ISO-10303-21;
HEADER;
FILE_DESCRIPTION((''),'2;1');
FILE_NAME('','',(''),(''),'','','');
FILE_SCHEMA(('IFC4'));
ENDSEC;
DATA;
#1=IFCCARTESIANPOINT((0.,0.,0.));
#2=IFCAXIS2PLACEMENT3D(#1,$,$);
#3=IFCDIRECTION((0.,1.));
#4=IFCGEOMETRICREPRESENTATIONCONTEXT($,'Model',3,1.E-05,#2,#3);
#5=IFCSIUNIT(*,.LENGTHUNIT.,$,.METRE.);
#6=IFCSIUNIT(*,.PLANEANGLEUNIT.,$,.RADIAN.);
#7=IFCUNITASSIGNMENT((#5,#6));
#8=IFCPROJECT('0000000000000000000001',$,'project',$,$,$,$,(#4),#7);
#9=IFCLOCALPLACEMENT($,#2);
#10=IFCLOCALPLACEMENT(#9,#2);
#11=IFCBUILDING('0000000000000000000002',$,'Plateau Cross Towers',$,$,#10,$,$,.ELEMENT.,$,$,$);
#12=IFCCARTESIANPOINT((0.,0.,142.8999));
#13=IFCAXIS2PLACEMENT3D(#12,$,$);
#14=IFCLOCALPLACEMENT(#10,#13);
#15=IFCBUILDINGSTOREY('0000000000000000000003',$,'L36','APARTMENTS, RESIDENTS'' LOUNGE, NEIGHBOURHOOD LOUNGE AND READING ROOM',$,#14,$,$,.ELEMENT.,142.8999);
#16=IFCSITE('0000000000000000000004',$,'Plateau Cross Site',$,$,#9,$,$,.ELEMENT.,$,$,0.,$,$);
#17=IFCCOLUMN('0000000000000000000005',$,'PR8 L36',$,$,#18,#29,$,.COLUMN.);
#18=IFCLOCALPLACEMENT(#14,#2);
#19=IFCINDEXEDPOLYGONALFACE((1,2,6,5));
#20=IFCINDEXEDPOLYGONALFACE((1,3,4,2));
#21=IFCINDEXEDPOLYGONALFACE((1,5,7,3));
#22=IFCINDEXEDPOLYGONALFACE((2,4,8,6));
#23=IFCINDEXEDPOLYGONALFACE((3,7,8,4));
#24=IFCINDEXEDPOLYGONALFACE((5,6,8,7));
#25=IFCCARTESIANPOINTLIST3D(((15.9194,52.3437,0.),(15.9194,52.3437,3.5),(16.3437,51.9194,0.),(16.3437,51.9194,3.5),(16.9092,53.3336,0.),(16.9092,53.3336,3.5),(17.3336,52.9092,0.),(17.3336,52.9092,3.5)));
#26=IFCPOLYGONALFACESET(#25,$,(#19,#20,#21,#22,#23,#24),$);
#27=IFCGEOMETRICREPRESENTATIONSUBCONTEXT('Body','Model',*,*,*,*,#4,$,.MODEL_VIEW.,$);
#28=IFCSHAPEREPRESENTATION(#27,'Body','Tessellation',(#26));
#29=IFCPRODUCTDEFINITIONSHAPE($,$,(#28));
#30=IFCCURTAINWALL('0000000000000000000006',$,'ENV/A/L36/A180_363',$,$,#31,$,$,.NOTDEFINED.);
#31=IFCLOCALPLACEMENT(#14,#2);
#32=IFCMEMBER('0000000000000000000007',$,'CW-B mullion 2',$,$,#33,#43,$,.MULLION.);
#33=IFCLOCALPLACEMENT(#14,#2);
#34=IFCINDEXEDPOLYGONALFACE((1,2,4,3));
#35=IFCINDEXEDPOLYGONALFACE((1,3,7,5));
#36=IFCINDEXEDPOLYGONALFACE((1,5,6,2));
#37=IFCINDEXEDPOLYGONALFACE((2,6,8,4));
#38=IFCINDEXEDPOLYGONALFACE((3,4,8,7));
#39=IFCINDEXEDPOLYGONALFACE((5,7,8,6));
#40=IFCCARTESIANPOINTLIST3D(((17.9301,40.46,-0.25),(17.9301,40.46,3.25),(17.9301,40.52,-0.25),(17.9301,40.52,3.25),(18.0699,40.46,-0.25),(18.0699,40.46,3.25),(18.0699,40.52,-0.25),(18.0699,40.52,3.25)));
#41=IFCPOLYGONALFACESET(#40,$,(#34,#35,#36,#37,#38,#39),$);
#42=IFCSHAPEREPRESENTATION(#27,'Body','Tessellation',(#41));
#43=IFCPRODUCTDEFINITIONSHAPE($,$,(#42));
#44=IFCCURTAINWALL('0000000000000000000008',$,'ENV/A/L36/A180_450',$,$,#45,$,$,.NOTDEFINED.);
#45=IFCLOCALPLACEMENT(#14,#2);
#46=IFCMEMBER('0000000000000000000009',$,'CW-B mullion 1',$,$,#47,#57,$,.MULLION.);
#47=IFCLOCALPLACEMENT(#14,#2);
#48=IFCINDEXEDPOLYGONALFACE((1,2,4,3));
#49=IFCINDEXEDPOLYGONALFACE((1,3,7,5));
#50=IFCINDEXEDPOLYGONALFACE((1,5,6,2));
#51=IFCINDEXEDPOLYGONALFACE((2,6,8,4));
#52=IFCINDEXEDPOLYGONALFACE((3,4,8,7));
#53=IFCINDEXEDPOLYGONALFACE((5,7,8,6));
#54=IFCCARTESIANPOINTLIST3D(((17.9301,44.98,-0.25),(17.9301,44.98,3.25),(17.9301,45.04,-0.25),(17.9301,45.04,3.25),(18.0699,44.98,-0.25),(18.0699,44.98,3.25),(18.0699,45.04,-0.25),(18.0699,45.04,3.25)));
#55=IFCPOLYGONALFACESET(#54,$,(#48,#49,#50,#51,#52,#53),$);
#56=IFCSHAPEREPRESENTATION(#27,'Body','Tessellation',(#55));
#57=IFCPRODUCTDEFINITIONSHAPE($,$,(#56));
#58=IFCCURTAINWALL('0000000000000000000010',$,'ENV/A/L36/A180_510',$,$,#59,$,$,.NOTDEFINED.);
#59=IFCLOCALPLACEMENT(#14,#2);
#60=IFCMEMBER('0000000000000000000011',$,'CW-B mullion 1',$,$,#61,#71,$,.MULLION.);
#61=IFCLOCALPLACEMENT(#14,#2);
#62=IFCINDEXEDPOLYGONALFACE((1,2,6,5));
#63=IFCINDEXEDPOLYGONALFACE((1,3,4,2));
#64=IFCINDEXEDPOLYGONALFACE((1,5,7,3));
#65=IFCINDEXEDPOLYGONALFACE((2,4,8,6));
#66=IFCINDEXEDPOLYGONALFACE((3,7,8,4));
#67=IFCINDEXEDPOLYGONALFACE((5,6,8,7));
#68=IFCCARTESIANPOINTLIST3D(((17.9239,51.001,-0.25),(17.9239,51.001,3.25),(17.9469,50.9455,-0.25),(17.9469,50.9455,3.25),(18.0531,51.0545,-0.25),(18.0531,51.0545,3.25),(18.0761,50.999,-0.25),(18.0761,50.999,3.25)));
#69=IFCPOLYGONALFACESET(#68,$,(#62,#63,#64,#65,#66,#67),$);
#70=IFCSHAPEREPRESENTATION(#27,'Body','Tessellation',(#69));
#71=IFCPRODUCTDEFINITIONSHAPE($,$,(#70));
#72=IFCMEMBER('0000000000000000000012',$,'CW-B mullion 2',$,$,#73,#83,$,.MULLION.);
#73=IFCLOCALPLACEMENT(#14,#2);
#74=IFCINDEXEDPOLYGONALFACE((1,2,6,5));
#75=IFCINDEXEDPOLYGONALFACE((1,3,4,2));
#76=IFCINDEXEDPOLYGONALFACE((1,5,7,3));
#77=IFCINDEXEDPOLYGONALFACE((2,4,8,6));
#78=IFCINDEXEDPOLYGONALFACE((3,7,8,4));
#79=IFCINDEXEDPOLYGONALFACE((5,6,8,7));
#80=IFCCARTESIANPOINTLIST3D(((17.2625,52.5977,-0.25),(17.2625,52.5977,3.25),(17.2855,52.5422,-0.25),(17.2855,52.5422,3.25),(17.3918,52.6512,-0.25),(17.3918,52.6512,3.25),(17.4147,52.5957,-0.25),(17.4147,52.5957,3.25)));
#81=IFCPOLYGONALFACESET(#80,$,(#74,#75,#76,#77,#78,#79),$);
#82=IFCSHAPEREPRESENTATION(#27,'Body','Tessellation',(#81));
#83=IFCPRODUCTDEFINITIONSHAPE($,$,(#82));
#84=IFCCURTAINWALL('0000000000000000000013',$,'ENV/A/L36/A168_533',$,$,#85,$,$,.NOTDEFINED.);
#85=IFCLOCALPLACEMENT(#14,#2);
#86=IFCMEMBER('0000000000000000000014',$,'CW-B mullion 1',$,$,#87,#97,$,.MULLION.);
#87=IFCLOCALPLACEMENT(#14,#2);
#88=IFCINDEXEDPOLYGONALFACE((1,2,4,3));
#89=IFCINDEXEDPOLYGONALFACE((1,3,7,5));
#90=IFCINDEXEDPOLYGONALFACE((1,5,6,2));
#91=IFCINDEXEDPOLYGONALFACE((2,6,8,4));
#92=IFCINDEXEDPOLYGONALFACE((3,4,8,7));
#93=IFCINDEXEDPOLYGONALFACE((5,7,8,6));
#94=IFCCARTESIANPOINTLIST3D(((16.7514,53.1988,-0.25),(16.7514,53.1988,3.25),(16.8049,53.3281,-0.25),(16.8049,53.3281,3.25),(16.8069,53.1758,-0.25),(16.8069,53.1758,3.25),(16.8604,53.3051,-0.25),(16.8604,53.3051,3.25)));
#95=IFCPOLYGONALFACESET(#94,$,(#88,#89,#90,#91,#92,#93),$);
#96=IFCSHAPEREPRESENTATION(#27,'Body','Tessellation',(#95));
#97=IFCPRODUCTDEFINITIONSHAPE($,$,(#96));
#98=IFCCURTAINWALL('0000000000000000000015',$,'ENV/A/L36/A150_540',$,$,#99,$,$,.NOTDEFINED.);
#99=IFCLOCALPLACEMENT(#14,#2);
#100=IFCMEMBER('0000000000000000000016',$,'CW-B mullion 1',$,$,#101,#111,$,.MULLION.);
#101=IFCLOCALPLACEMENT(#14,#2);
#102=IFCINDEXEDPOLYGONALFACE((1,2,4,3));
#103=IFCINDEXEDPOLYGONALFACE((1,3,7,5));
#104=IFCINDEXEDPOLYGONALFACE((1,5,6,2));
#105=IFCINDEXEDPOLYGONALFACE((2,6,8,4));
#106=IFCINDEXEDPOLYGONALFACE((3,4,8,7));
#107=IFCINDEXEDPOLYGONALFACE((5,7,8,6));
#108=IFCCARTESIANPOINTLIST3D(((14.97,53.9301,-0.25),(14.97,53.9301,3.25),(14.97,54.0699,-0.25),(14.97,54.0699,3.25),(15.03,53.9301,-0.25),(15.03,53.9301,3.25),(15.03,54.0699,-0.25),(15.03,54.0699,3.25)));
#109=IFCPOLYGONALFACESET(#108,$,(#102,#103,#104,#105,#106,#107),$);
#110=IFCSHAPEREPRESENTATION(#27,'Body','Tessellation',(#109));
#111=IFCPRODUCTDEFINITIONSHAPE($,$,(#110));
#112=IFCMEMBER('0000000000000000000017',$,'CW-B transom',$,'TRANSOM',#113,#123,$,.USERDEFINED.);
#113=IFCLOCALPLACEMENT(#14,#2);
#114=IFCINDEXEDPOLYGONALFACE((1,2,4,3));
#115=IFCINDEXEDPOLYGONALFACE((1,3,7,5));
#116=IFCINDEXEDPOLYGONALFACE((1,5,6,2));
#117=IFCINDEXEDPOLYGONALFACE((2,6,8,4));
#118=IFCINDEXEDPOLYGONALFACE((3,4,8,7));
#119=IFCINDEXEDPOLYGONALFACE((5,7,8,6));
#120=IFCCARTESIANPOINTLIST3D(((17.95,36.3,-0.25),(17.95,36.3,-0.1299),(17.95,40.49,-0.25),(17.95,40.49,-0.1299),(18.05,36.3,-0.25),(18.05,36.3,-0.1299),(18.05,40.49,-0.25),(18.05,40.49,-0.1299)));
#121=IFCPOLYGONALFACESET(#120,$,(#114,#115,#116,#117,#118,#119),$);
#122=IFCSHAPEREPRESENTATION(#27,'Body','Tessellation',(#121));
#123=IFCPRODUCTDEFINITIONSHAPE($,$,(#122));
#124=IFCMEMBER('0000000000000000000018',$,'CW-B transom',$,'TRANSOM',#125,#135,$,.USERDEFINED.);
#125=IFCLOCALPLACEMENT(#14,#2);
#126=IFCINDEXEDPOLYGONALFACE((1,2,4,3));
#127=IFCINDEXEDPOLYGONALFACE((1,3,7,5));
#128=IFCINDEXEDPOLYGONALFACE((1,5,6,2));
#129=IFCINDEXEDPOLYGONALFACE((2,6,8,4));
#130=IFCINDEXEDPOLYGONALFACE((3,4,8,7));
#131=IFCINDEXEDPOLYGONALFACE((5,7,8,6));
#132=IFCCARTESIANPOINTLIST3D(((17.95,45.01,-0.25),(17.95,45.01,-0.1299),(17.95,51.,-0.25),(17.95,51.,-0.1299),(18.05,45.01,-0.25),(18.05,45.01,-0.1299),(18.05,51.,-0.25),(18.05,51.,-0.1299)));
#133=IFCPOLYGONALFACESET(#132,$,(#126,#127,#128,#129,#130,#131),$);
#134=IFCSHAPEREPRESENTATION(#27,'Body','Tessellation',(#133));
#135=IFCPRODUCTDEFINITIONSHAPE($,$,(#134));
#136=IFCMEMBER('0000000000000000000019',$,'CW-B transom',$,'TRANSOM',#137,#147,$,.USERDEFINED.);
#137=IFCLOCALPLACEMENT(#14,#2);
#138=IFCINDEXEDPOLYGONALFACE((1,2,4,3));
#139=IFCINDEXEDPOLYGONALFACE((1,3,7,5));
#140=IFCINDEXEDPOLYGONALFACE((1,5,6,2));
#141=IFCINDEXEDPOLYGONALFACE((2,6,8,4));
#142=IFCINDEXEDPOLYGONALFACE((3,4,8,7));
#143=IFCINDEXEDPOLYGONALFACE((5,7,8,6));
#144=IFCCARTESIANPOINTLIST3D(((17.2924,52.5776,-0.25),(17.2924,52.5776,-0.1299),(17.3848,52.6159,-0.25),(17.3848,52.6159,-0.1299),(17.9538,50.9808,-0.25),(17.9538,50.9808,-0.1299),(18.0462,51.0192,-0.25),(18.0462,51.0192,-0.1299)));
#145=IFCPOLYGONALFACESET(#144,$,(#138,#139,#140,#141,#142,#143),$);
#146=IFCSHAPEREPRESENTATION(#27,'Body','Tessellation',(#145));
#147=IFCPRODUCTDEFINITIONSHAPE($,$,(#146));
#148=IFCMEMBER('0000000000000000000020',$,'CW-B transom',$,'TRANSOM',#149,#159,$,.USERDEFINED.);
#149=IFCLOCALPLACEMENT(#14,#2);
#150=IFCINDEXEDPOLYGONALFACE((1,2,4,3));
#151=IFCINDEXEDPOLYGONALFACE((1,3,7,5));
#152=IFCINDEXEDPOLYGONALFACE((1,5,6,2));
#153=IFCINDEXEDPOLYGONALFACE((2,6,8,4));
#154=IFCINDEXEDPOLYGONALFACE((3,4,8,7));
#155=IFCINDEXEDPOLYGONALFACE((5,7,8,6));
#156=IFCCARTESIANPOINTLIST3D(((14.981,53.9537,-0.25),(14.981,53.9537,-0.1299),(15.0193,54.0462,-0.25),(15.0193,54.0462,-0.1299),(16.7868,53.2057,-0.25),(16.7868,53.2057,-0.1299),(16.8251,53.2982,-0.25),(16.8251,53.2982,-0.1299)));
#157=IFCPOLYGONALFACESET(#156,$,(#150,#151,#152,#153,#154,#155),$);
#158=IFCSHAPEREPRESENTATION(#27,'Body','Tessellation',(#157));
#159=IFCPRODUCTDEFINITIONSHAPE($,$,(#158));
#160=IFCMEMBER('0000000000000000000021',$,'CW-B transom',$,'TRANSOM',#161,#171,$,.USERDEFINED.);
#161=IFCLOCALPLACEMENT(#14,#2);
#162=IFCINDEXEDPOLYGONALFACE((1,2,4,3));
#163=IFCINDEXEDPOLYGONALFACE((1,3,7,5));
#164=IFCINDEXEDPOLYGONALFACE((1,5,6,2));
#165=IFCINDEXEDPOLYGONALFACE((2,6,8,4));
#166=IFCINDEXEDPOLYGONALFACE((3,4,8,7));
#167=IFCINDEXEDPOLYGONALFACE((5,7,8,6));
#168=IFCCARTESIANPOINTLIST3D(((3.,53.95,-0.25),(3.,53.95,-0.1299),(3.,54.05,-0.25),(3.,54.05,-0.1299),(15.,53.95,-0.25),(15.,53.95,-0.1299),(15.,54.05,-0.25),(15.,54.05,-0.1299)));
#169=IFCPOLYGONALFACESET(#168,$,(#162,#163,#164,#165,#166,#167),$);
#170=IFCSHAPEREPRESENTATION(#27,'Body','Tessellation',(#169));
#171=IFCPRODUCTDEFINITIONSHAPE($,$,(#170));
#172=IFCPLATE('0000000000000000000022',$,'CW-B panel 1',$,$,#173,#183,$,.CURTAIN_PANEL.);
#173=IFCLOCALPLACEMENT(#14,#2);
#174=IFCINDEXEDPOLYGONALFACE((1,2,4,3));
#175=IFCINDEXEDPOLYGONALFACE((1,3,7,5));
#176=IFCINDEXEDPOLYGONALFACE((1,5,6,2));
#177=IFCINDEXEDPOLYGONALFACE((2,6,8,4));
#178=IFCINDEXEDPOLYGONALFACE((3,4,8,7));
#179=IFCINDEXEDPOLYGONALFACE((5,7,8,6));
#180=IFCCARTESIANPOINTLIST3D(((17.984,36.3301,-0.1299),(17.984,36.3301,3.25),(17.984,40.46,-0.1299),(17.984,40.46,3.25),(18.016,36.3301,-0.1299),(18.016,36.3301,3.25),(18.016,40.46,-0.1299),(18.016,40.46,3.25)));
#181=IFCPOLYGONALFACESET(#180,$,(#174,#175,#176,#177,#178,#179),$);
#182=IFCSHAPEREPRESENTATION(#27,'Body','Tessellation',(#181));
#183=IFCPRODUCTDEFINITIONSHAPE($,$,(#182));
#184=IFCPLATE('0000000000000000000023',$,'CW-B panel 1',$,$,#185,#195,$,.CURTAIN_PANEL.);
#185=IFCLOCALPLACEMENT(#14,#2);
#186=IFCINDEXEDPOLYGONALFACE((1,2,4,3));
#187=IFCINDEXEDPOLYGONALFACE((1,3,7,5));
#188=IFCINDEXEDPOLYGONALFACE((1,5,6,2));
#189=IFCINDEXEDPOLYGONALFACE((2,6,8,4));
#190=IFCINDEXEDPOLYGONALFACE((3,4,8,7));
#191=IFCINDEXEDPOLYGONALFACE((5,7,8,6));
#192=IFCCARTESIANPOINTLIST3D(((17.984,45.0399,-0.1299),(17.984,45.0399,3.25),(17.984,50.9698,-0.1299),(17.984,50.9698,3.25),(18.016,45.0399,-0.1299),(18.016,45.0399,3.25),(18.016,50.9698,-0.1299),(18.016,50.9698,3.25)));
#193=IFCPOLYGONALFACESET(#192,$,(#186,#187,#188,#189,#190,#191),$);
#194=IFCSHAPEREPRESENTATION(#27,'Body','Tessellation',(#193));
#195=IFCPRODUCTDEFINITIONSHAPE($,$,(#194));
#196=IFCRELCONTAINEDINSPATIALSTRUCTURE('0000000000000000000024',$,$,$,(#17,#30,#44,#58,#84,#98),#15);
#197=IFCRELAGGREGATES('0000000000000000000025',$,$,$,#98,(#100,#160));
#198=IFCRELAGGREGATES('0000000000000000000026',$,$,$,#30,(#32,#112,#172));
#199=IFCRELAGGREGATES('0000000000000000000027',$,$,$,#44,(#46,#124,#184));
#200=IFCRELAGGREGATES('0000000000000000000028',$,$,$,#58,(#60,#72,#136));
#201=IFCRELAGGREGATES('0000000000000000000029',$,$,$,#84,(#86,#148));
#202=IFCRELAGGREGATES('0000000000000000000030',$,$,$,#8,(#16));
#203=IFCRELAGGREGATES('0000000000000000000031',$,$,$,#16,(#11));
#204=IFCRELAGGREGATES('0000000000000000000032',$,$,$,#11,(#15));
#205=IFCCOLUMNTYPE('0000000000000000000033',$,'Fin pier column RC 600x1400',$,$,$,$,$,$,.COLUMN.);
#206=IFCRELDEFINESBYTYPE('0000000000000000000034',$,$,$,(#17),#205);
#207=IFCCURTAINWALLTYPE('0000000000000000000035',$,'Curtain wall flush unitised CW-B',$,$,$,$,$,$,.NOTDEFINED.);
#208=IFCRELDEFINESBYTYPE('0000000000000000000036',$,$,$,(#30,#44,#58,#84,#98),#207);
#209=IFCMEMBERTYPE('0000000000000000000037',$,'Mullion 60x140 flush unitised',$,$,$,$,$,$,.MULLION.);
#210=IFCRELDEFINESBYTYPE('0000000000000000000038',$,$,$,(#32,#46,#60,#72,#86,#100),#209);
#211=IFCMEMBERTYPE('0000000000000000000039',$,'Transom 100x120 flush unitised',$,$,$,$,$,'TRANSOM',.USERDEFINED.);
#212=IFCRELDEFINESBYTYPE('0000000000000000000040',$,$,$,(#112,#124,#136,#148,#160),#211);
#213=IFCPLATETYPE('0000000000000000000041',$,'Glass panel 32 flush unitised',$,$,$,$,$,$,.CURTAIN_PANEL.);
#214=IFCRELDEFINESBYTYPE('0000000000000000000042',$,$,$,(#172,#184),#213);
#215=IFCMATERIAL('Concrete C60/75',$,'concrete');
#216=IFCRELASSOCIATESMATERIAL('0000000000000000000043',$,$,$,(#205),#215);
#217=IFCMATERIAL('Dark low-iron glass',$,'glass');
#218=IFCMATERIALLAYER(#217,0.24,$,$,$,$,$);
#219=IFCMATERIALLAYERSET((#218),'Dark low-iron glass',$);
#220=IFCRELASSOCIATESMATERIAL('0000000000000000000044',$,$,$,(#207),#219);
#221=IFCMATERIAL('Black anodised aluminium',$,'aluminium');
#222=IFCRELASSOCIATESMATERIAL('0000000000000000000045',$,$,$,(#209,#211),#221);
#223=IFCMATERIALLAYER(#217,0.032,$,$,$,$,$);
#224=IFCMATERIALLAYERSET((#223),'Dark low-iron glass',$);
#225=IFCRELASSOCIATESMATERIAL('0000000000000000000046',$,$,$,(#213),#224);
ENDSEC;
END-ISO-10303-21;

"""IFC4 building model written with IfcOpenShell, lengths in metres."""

from ifc_helpers import new_model, si_unit, direction, frame, origin, origin_2d, place, context, subcontext, project, spatial, rectangle, extrude, material, layer, layer_set, material_profile, profile_set, type_object, element, aggregate, save


model = new_model("IFC4")

# Units and contexts
model_context = context("Model", 3, precision=1e-05, world=origin(), true_north=direction((0.0, 1.0)))
body_context = subcontext(model_context, "Body", "Model", "MODEL_VIEW")
ifc_project = project(units=[si_unit("LENGTHUNIT", "METRE"), si_unit("PLANEANGLEUNIT", "RADIAN")], contexts=[model_context])

# Site, building, storey
site_placement = place(None, origin())
site = spatial("IfcSite", under=ifc_project, at=site_placement, Name="Plateau Cross Site", CompositionType="ELEMENT", RefElevation=0.0)
building_placement = place(site_placement, origin())
building = spatial("IfcBuilding", under=site, at=building_placement, Name="Plateau Cross Towers", CompositionType="ELEMENT")
storey_placement = place(building_placement, frame((0.0, 0.0, 142.8999)))
storey = spatial("IfcBuildingStorey", under=building, at=storey_placement, Name="L36", Description="APARTMENTS, RESIDENTS' LOUNGE, NEIGHBOURHOOD LOUNGE AND READING ROOM", CompositionType="ELEMENT", Elevation=142.8999)

# Column
ifc_material_1 = material(Name="Concrete C60/75", Category="concrete")
ifc_material_profile_1 = material_profile(ifc_material_1, rectangle(XDim=0.6001, YDim=1.3999, at=origin_2d()), Name="RC 600x1400")
ifc_profile_set_1 = profile_set([ifc_material_profile_1], Name="Concrete C60/75")
column_type = type_object("IfcColumnType", Name="Fin pier column RC 600x1400", PredefinedType="COLUMN", material=ifc_profile_set_1)
column_placement = place(storey_placement, frame((16.6265, 52.6265, 0.0), z_axis=(0.0, 0.0, 1.0), x_axis=(-0.707107, 0.707107, 0.0)))
element("IfcColumn", 1, at=column_placement, inside=storey, type_object=column_type, Name="PR8 L36", PredefinedType="COLUMN", context=body_context, shape_type="SweptSolid", body=[
    extrude(rectangle(XDim=0.6001, YDim=1.3999, at=origin_2d()), origin(), (0.0, 0.0, 1.0), 3.5),
])

# Curtain walls, members
ifc_material_2 = material(Name="Dark low-iron glass", Category="glass")
ifc_layer_1 = layer(ifc_material_2, 0.24)
ifc_layer_set_1 = layer_set([ifc_layer_1], Name="Dark low-iron glass")
curtain_wall_type = type_object("IfcCurtainWallType", Name="Curtain wall flush unitised CW-B", PredefinedType="NOTDEFINED", material=ifc_layer_set_1)
curtain_wall_1_placement = place(storey_placement, origin())
curtain_wall_1 = element("IfcCurtainWall", 2, at=curtain_wall_1_placement, inside=storey, type_object=curtain_wall_type, Name="ENV/A/L36/A180_363", PredefinedType="NOTDEFINED")
ifc_material_3 = material(Name="Black anodised aluminium", Category="aluminium")
ifc_material_profile_2 = material_profile(ifc_material_3, rectangle(XDim=0.0601, YDim=0.1399, at=origin_2d()), Name="MULLION 60x140")
ifc_profile_set_2 = profile_set([ifc_material_profile_2], Name="Black anodised aluminium")
member_type_1 = type_object("IfcMemberType", Name="Mullion 60x140 flush unitised", PredefinedType="MULLION", material=ifc_profile_set_2)
member_1_placement = place(storey_placement, frame((18.0, 40.49, -0.25), z_axis=(0.0, 0.0, 1.0), x_axis=(0.0, 1.0, 0.0)))
member_1 = element("IfcMember", 3, at=member_1_placement, type_object=member_type_1, Name="CW-B mullion 2", PredefinedType="MULLION", context=body_context, shape_type="SweptSolid", body=[
    extrude(rectangle(XDim=0.0601, YDim=0.1399, at=origin_2d()), origin(), (0.0, 0.0, 1.0), 3.5),
])
curtain_wall_2_placement = place(storey_placement, origin())
curtain_wall_2 = element("IfcCurtainWall", 4, at=curtain_wall_2_placement, inside=storey, type_object=curtain_wall_type, Name="ENV/A/L36/A180_450", PredefinedType="NOTDEFINED")
member_2_placement = place(storey_placement, frame((18.0, 45.01, -0.25), z_axis=(0.0, 0.0, 1.0), x_axis=(0.0, 1.0, 0.0)))
member_2 = element("IfcMember", 5, at=member_2_placement, type_object=member_type_1, Name="CW-B mullion 1", PredefinedType="MULLION", context=body_context, shape_type="SweptSolid", body=[
    extrude(rectangle(XDim=0.0601, YDim=0.1399, at=origin_2d()), origin(), (0.0, 0.0, 1.0), 3.5),
])

# Curtain wall, members
curtain_wall_3_placement = place(storey_placement, origin())
curtain_wall_3 = element("IfcCurtainWall", 6, at=curtain_wall_3_placement, inside=storey, type_object=curtain_wall_type, Name="ENV/A/L36/A180_510", PredefinedType="NOTDEFINED")
member_3_placement = place(storey_placement, frame((18.0, 51.0, -0.25), z_axis=(0.0, 0.0, 1.0), x_axis=(-0.382684, 0.923879, 0.0)))
member_3 = element("IfcMember", 7, at=member_3_placement, type_object=member_type_1, Name="CW-B mullion 1", PredefinedType="MULLION", context=body_context, shape_type="SweptSolid", body=[
    extrude(rectangle(XDim=0.0601, YDim=0.1399, at=origin_2d()), origin(), (0.0, 0.0, 1.0), 3.5),
])
member_4_placement = place(storey_placement, frame((17.3386, 52.5967, -0.25), z_axis=(0.0, 0.0, 1.0), x_axis=(-0.382684, 0.923879, 0.0)))
member_4 = element("IfcMember", 8, at=member_4_placement, type_object=member_type_1, Name="CW-B mullion 2", PredefinedType="MULLION", context=body_context, shape_type="SweptSolid", body=[
    extrude(rectangle(XDim=0.0601, YDim=0.1399, at=origin_2d()), origin(), (0.0, 0.0, 1.0), 3.5),
])

# Curtain walls, members
curtain_wall_4_placement = place(storey_placement, origin())
curtain_wall_4 = element("IfcCurtainWall", 9, at=curtain_wall_4_placement, inside=storey, type_object=curtain_wall_type, Name="ENV/A/L36/A168_533", PredefinedType="NOTDEFINED")
member_5_placement = place(storey_placement, frame((16.8059, 53.252, -0.25), z_axis=(0.0, 0.0, 1.0), x_axis=(-0.923879, 0.382684, 0.0)))
member_5 = element("IfcMember", 10, at=member_5_placement, type_object=member_type_1, Name="CW-B mullion 1", PredefinedType="MULLION", context=body_context, shape_type="SweptSolid", body=[
    extrude(rectangle(XDim=0.0601, YDim=0.1399, at=origin_2d()), origin(), (0.0, 0.0, 1.0), 3.5),
])
curtain_wall_5_placement = place(storey_placement, origin())
curtain_wall_5 = element("IfcCurtainWall", 11, at=curtain_wall_5_placement, inside=storey, type_object=curtain_wall_type, Name="ENV/A/L36/A150_540", PredefinedType="NOTDEFINED")
member_6_placement = place(storey_placement, frame((15.0, 54.0, -0.25), z_axis=(0.0, 0.0, 1.0), x_axis=(-1.0, 0.0, 0.0)))
member_6 = element("IfcMember", 12, at=member_6_placement, type_object=member_type_1, Name="CW-B mullion 1", PredefinedType="MULLION", context=body_context, shape_type="SweptSolid", body=[
    extrude(rectangle(XDim=0.0601, YDim=0.1399, at=origin_2d()), origin(), (0.0, 0.0, 1.0), 3.5),
])

# Members
ifc_material_profile_3 = material_profile(ifc_material_3, rectangle(XDim=0.1001, YDim=0.1201, at=origin_2d()), Name="TRANSOM 100x120")
ifc_profile_set_3 = profile_set([ifc_material_profile_3], Name="Black anodised aluminium")
member_type_2 = type_object("IfcMemberType", Name="Transom 100x120 flush unitised", ElementType="TRANSOM", PredefinedType="USERDEFINED", material=ifc_profile_set_3)
member_7_placement = place(storey_placement, frame((18.0, 36.3, -0.1899), z_axis=(0.0, 1.0, 0.0), x_axis=(-1.0, 0.0, 0.0)))
member_7 = element("IfcMember", 13, at=member_7_placement, type_object=member_type_2, Name="CW-B transom", ObjectType="TRANSOM", PredefinedType="USERDEFINED", context=body_context, shape_type="SweptSolid", body=[
    extrude(rectangle(XDim=0.1001, YDim=0.1201, at=origin_2d()), origin(), (0.0, 0.0, 1.0), 4.1899),
])
member_8_placement = place(storey_placement, frame((18.0, 45.01, -0.1899), z_axis=(0.0, 1.0, 0.0), x_axis=(-1.0, 0.0, 0.0)))
member_8 = element("IfcMember", 14, at=member_8_placement, type_object=member_type_2, Name="CW-B transom", ObjectType="TRANSOM", PredefinedType="USERDEFINED", context=body_context, shape_type="SweptSolid", body=[
    extrude(rectangle(XDim=0.1001, YDim=0.1201, at=origin_2d()), origin(), (0.0, 0.0, 1.0), 5.99),
])
member_9_placement = place(storey_placement, frame((18.0, 51.0, -0.1899), z_axis=(-0.382689, 0.923877, 0.0), x_axis=(-0.923877, -0.382689, 0.0)))
member_9 = element("IfcMember", 15, at=member_9_placement, type_object=member_type_2, Name="CW-B transom", ObjectType="TRANSOM", PredefinedType="USERDEFINED", context=body_context, shape_type="SweptSolid", body=[
    extrude(rectangle(XDim=0.1001, YDim=0.1201, at=origin_2d()), origin(), (0.0, 0.0, 1.0), 1.7283),
])
member_10_placement = place(storey_placement, frame((16.8059, 53.252, -0.1899), z_axis=(-0.923877, 0.38269, 0.0), x_axis=(-0.38269, -0.923877, 0.0)))
member_10 = element("IfcMember", 16, at=member_10_placement, type_object=member_type_2, Name="CW-B transom", ObjectType="TRANSOM", PredefinedType="USERDEFINED", context=body_context, shape_type="SweptSolid", body=[
    extrude(rectangle(XDim=0.1001, YDim=0.1201, at=origin_2d()), origin(), (0.0, 0.0, 1.0), 1.9546),
])
member_11_placement = place(storey_placement, frame((15.0, 54.0, -0.1899), z_axis=(-1.0, 0.0, 0.0), x_axis=(0.0, -1.0, 0.0)))
member_11 = element("IfcMember", 17, at=member_11_placement, type_object=member_type_2, Name="CW-B transom", ObjectType="TRANSOM", PredefinedType="USERDEFINED", context=body_context, shape_type="SweptSolid", body=[
    extrude(rectangle(XDim=0.1001, YDim=0.1201, at=origin_2d()), origin(), (0.0, 0.0, 1.0), 12.0),
])
aggregate(curtain_wall_5, [member_6, member_11])

# Plates
ifc_layer_2 = layer(ifc_material_2, 0.032)
ifc_layer_set_2 = layer_set([ifc_layer_2], Name="Dark low-iron glass")
plate_type = type_object("IfcPlateType", Name="Glass panel 32 flush unitised", PredefinedType="CURTAIN_PANEL", material=ifc_layer_set_2)
plate_1_placement = place(storey_placement, frame((18.0, 38.395, -0.1299), z_axis=(0.0, 0.0, 1.0), x_axis=(0.0, 1.0, 0.0)))
plate_1 = element("IfcPlate", 18, at=plate_1_placement, type_object=plate_type, Name="CW-B panel 1", PredefinedType="CURTAIN_PANEL", context=body_context, shape_type="SweptSolid", body=[
    extrude(rectangle(XDim=4.1299, YDim=0.032, at=origin_2d()), origin(), (0.0, 0.0, 1.0), 3.3799),
])
aggregate(curtain_wall_1, [member_1, member_7, plate_1])
plate_2_placement = place(storey_placement, frame((18.0, 48.0049, -0.1299), z_axis=(0.0, 0.0, 1.0), x_axis=(0.0, 1.0, 0.0)))
plate_2 = element("IfcPlate", 19, at=plate_2_placement, type_object=plate_type, Name="CW-B panel 1", PredefinedType="CURTAIN_PANEL", context=body_context, shape_type="SweptSolid", body=[
    extrude(rectangle(XDim=5.9299, YDim=0.032, at=origin_2d()), origin(), (0.0, 0.0, 1.0), 3.3799),
])
aggregate(curtain_wall_2, [member_2, member_8, plate_2])
aggregate(curtain_wall_3, [member_3, member_4, member_9])
aggregate(curtain_wall_4, [member_5, member_10])

save(model, "model.ifc")
